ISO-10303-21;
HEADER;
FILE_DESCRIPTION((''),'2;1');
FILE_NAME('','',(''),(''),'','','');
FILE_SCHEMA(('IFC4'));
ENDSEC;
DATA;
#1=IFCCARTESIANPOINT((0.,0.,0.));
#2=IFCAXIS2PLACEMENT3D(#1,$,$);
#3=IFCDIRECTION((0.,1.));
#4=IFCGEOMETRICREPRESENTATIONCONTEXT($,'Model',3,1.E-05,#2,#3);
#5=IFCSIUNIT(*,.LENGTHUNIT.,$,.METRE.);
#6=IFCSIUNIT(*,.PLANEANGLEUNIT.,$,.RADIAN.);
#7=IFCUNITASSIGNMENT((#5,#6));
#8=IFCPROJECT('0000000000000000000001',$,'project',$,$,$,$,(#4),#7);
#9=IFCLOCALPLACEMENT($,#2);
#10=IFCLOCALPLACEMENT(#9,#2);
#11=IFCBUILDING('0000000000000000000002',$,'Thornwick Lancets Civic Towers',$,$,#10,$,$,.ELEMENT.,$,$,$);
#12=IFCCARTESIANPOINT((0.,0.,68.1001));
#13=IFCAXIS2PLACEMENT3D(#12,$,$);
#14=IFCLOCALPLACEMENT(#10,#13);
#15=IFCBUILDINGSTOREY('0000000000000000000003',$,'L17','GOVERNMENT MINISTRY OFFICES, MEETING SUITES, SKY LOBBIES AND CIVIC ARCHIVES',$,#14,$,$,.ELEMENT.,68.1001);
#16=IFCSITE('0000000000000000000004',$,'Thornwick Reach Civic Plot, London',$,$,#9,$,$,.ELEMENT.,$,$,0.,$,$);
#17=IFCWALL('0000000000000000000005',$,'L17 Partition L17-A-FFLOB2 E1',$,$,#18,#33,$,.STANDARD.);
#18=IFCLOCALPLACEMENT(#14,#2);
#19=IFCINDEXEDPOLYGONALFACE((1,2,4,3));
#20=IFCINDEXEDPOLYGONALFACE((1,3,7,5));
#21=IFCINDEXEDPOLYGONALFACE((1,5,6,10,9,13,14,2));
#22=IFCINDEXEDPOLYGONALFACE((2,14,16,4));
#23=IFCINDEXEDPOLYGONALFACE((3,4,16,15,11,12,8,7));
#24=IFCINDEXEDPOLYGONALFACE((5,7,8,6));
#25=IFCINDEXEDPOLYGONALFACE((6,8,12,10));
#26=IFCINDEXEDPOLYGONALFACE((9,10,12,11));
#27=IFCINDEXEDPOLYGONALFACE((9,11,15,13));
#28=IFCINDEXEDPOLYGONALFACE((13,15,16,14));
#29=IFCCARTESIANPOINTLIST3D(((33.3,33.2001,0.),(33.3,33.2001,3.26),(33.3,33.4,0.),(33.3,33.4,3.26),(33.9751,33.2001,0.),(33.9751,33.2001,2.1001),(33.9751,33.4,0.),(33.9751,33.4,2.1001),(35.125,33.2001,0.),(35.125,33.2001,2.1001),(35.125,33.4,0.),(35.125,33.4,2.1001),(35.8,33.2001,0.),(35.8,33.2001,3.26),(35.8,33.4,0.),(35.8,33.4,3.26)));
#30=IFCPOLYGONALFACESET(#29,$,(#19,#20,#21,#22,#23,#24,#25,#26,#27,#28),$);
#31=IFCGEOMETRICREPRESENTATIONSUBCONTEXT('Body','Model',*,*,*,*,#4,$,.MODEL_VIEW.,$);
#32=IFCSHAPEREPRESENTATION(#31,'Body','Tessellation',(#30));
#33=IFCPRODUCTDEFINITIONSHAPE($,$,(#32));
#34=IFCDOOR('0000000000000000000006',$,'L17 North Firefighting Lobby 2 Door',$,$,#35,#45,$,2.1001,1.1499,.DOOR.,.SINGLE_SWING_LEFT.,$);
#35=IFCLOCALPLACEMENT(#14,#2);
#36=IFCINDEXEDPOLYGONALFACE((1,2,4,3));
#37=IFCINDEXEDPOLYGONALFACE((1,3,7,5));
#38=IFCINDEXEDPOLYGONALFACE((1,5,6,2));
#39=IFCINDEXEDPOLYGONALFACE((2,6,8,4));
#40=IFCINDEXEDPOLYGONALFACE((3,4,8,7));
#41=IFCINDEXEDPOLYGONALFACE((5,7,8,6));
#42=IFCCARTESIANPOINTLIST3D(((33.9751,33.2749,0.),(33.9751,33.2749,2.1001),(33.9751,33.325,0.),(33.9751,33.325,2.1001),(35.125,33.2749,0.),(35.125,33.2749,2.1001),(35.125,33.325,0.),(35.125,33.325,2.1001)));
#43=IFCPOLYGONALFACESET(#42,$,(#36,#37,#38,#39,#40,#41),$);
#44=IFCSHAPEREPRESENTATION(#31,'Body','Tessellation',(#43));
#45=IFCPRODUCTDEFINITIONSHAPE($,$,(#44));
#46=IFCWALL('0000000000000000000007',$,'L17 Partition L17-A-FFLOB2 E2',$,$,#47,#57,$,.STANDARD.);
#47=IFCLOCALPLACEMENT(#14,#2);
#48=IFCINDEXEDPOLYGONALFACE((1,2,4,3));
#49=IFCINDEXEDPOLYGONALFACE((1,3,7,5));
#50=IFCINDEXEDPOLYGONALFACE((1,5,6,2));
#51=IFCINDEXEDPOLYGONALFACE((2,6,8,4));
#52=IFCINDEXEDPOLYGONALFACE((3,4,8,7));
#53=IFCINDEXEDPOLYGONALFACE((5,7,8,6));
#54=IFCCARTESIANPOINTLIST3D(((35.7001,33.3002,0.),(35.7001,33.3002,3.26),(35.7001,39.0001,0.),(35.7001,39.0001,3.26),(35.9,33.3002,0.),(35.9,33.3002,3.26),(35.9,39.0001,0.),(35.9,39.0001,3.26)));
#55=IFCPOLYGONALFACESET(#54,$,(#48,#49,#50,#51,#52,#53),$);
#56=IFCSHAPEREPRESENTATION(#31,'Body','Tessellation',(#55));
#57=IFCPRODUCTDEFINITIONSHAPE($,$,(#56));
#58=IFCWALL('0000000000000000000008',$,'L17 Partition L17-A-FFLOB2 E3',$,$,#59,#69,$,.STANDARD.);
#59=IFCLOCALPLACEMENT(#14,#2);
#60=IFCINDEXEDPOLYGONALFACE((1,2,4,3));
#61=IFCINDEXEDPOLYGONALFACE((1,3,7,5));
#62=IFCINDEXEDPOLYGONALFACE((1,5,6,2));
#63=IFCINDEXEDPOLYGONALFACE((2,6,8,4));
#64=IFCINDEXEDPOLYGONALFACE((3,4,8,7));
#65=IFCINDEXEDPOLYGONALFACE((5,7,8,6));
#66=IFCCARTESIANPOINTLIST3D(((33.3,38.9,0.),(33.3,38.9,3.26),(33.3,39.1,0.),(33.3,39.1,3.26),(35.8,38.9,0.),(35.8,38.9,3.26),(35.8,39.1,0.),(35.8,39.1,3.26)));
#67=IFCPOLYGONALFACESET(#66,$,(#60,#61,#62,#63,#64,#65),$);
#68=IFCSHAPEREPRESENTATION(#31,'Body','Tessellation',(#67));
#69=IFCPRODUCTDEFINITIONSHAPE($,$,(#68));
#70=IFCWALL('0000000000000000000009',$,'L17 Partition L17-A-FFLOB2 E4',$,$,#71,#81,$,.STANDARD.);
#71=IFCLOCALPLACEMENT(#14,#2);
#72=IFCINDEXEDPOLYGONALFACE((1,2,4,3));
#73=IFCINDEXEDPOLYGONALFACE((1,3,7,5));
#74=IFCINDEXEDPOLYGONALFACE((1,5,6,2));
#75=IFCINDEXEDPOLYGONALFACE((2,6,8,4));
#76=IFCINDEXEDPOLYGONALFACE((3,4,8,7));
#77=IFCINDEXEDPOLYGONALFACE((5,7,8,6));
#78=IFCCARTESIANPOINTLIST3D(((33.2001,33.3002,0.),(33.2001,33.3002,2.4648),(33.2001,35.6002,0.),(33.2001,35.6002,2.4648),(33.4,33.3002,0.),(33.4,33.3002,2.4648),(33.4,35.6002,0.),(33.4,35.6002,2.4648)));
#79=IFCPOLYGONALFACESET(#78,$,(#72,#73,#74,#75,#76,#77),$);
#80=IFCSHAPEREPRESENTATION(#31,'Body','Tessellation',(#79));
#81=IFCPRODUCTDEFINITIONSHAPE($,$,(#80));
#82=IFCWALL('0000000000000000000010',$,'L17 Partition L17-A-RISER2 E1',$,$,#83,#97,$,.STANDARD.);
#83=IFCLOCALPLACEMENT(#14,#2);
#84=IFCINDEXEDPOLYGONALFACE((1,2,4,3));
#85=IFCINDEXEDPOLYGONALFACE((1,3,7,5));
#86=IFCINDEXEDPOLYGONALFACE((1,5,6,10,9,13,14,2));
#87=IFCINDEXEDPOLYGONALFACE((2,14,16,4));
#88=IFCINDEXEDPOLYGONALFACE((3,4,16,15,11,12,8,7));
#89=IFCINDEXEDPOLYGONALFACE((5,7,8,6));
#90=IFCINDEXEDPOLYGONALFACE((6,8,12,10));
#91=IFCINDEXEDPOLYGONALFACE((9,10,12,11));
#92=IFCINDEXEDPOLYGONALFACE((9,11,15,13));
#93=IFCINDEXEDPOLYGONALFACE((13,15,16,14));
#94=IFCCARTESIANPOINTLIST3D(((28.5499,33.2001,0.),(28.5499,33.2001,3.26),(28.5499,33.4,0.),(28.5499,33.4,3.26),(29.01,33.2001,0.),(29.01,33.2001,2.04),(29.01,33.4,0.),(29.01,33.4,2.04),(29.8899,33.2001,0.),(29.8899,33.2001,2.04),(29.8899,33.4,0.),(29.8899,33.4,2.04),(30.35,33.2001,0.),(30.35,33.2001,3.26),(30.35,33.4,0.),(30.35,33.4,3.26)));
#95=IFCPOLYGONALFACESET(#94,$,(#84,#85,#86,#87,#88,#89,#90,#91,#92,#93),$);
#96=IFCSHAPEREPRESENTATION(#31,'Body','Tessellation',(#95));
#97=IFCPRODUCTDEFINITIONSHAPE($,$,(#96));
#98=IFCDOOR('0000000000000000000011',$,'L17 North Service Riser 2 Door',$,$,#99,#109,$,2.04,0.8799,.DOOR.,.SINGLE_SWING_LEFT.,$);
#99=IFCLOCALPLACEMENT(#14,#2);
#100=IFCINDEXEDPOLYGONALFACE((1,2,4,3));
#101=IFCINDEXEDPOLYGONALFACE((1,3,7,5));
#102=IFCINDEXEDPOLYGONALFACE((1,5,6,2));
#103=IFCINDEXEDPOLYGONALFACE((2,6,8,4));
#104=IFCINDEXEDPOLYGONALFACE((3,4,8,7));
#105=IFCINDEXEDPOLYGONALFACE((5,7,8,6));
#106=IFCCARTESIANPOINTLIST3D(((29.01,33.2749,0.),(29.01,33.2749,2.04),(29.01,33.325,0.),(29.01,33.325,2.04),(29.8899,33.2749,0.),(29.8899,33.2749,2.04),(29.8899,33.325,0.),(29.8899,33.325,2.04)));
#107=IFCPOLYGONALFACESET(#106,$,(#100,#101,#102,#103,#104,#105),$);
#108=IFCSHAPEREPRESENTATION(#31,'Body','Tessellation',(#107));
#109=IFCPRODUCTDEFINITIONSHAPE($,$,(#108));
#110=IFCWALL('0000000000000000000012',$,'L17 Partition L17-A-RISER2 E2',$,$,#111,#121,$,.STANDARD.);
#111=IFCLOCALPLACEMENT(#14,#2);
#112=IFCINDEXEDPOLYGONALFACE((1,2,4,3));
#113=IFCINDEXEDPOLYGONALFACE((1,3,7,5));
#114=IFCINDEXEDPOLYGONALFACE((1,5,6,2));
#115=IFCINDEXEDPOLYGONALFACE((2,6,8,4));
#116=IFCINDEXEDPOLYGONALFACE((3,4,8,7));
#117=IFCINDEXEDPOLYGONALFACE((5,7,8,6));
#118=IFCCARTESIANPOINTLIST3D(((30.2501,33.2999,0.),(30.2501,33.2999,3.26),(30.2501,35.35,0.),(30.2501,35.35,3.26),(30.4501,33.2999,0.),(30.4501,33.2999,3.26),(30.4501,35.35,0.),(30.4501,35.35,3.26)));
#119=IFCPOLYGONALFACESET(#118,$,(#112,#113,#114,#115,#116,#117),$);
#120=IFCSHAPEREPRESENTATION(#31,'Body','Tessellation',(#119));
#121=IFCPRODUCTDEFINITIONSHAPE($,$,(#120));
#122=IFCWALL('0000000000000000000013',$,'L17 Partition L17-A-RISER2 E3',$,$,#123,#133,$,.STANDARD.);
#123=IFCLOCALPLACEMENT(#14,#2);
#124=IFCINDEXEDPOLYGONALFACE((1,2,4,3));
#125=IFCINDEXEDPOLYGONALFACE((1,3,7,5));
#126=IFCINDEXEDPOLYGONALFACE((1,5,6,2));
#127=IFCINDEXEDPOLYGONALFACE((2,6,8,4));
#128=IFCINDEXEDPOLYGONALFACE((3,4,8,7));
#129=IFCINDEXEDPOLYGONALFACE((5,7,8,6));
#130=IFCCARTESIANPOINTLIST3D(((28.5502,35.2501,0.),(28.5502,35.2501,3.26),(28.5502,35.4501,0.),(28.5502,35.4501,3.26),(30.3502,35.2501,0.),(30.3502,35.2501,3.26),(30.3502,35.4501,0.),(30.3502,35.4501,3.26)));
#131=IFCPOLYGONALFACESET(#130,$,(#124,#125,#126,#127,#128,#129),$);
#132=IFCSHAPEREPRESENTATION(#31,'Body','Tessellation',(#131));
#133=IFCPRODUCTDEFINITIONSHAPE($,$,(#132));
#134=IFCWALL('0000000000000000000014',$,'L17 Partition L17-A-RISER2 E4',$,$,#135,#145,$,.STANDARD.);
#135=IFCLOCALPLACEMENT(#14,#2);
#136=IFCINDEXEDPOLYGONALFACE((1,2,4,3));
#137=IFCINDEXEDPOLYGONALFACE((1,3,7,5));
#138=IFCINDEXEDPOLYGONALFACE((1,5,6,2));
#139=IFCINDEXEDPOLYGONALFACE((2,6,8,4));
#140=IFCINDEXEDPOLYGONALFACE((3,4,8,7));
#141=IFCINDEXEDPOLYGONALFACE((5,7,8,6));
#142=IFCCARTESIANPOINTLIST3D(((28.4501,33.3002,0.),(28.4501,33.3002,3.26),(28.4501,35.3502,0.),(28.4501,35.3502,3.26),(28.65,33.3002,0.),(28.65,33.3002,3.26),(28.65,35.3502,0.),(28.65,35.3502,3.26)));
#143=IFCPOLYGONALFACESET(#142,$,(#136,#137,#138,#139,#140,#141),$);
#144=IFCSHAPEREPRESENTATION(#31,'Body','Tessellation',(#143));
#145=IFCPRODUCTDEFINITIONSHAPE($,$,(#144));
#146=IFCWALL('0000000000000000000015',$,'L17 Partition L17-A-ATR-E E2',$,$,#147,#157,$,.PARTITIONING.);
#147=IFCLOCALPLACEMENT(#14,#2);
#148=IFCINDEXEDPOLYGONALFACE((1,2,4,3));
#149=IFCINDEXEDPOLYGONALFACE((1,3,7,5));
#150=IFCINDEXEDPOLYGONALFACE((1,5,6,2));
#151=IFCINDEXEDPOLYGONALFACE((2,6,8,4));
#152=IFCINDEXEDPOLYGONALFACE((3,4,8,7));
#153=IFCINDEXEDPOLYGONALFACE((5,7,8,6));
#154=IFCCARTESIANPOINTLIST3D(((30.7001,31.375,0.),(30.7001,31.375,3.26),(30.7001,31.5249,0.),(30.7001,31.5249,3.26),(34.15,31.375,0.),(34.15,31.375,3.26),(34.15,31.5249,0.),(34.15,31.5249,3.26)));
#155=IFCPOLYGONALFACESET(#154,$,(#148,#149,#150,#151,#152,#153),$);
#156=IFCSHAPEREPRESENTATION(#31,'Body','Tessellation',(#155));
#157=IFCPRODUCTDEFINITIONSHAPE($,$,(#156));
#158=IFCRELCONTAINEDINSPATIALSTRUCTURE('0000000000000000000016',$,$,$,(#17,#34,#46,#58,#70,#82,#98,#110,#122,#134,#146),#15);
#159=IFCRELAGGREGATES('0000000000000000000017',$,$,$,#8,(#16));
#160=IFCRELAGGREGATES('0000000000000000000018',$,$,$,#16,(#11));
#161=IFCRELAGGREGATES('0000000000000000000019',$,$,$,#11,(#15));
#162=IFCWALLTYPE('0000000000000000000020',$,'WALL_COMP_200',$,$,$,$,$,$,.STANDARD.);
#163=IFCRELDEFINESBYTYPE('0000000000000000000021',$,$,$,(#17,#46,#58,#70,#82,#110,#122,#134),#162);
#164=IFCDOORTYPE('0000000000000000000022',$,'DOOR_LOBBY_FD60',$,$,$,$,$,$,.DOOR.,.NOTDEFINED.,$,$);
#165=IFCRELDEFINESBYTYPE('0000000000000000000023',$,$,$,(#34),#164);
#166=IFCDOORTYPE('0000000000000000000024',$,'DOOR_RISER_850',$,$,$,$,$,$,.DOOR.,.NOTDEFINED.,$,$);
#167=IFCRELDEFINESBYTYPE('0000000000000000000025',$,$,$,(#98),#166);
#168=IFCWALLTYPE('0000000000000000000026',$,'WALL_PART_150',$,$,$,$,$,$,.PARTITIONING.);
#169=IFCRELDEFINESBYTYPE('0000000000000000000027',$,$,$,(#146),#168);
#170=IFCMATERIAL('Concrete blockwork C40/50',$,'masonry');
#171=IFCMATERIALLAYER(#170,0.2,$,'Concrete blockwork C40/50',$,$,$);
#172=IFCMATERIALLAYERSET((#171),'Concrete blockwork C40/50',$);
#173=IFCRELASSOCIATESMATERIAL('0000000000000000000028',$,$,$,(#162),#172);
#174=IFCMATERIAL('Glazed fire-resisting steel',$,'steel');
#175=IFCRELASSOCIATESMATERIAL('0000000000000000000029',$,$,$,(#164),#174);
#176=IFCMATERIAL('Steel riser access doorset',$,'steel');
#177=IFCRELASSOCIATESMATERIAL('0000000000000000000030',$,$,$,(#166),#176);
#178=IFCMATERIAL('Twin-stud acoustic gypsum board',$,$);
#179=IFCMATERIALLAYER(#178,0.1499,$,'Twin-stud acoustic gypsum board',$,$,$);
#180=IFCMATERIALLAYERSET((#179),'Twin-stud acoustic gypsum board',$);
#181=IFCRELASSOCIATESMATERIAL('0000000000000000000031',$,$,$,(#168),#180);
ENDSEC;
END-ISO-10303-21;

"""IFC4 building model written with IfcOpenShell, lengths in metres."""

from ifc_helpers import new_model, si_unit, direction, frame, frame_2d, origin, place, context, subcontext, project, spatial, rectangle, extrude, material, layer, layer_set, type_object, element, fill, save


model = new_model("IFC4")

# Units and contexts
model_context = context("Model", 3, precision=1e-05, world=origin(), true_north=direction((0.0, 1.0)))
body_context = subcontext(model_context, "Body", "Model", "MODEL_VIEW")
ifc_project = project(units=[si_unit("LENGTHUNIT", "METRE"), si_unit("PLANEANGLEUNIT", "RADIAN")], contexts=[model_context])

# Site, building, storey
site_placement = place(None, origin())
site = spatial("IfcSite", under=ifc_project, at=site_placement, Name="Thornwick Reach Civic Plot, London", CompositionType="ELEMENT", RefElevation=0.0)
building_placement = place(site_placement, origin())
building = spatial("IfcBuilding", under=site, at=building_placement, Name="Thornwick Lancets Civic Towers", CompositionType="ELEMENT")
storey_placement = place(building_placement, frame((0.0, 0.0, 68.1001)))
storey = spatial("IfcBuildingStorey", under=building, at=storey_placement, Name="L17", Description="GOVERNMENT MINISTRY OFFICES, MEETING SUITES, SKY LOBBIES AND CIVIC ARCHIVES", CompositionType="ELEMENT", Elevation=68.1001)

# Shared definitions
ifc_material_1 = material(Name="Concrete blockwork C40/50", Category="masonry")
ifc_layer_1 = layer(ifc_material_1, 0.2, Name="Concrete blockwork C40/50")
ifc_layer_set_1 = layer_set([ifc_layer_1], Name="Concrete blockwork C40/50")
wall_type_1 = type_object("IfcWallType", Name="WALL_COMP_200", PredefinedType="STANDARD", material=ifc_layer_set_1)

# Wall, opening, door
wall_1_placement = place(storey_placement, frame((33.3, 33.3, 0.0), z_axis=(0.0, 0.0, 1.0), x_axis=(1.0, 0.0, 0.0)))
wall_1 = element("IfcWall", 1, at=wall_1_placement, inside=storey, type_object=wall_type_1, Name="L17 Partition L17-A-FFLOB2 E1", PredefinedType="STANDARD", context=body_context, shape_type="SweptSolid", body=[
    extrude(rectangle(XDim=2.5, YDim=0.2, at=frame_2d((1.25, 0.0))), origin(), (0.0, 0.0, 1.0), 3.26),
])
opening_1_placement = place(wall_1_placement, frame((0.675, 0.0, 0.0)))
opening_1 = element("IfcOpeningElement", 2, at=opening_1_placement, cuts=wall_1, PredefinedType="OPENING", context=body_context, shape_type="SweptSolid", body=[
    extrude(rectangle(XDim=1.1499, YDim=2.1001, at=frame_2d((0.575, 1.05))), frame((0.0, 0.1099, 0.0), z_axis=(0.0, -1.0, 0.0), x_axis=(1.0, 0.0, 0.0)), (0.0, 0.0, 1.0), 0.22),
])
ifc_material_2 = material(Name="Glazed fire-resisting steel", Category="steel")
door_type_1 = type_object("IfcDoorType", Name="DOOR_LOBBY_FD60", OperationType="NOTDEFINED", PredefinedType="DOOR", material=ifc_material_2)
door_1_placement = place(opening_1_placement, origin())
door_1 = element("IfcDoor", 3, at=door_1_placement, inside=storey, type_object=door_type_1, Name="L17 North Firefighting Lobby 2 Door", OperationType="SINGLE_SWING_LEFT", OverallHeight=2.1001, OverallWidth=1.1499, PredefinedType="DOOR", context=body_context, shape_type="SweptSolid", body=[
    extrude(rectangle(XDim=1.1499, YDim=2.1001, at=frame_2d((0.575, 1.05))), frame((0.0, 0.0249, 0.0), z_axis=(0.0, -1.0, 0.0), x_axis=(1.0, 0.0, 0.0)), (0.0, 0.0, 1.0), 0.05),
])
fill(opening_1, door_1)

# Walls
wall_2_placement = place(storey_placement, frame((35.8, 33.3, 0.0), z_axis=(0.0, 0.0, 1.0), x_axis=(0.0, 1.0, 0.0)))
element("IfcWall", 4, at=wall_2_placement, inside=storey, type_object=wall_type_1, Name="L17 Partition L17-A-FFLOB2 E2", PredefinedType="STANDARD", context=body_context, shape_type="SweptSolid", body=[
    extrude(rectangle(XDim=5.7, YDim=0.2, at=frame_2d((2.8501, 0.0))), origin(), (0.0, 0.0, 1.0), 3.26),
])
wall_3_placement = place(storey_placement, frame((35.8, 39.0, 0.0), z_axis=(0.0, 0.0, 1.0), x_axis=(-1.0, 0.0, 0.0)))
element("IfcWall", 5, at=wall_3_placement, inside=storey, type_object=wall_type_1, Name="L17 Partition L17-A-FFLOB2 E3", PredefinedType="STANDARD", context=body_context, shape_type="SweptSolid", body=[
    extrude(rectangle(XDim=2.5, YDim=0.2, at=frame_2d((1.25, 0.0))), origin(), (0.0, 0.0, 1.0), 3.26),
])
wall_4_placement = place(storey_placement, frame((33.3, 35.6001, 0.0), z_axis=(0.0, 0.0, 1.0), x_axis=(0.0, -1.0, 0.0)))
element("IfcWall", 6, at=wall_4_placement, inside=storey, type_object=wall_type_1, Name="L17 Partition L17-A-FFLOB2 E4", PredefinedType="STANDARD", context=body_context, shape_type="SweptSolid", body=[
    extrude(rectangle(XDim=2.3, YDim=0.2, at=frame_2d((1.1499, 0.0))), origin(), (0.0, 0.0, 1.0), 2.4648),
])

# Wall, opening, door
wall_5_placement = place(storey_placement, frame((28.55, 33.3, 0.0), z_axis=(0.0, 0.0, 1.0), x_axis=(1.0, 0.0, 0.0)))
wall_5 = element("IfcWall", 7, at=wall_5_placement, inside=storey, type_object=wall_type_1, Name="L17 Partition L17-A-RISER2 E1", PredefinedType="STANDARD", context=body_context, shape_type="SweptSolid", body=[
    extrude(rectangle(XDim=1.8, YDim=0.2, at=frame_2d((0.8999, 0.0))), origin(), (0.0, 0.0, 1.0), 3.26),
])
opening_2_placement = place(wall_5_placement, frame((0.46, 0.0, 0.0)))
opening_2 = element("IfcOpeningElement", 8, at=opening_2_placement, cuts=wall_5, PredefinedType="OPENING", context=body_context, shape_type="SweptSolid", body=[
    extrude(rectangle(XDim=0.8799, YDim=2.04, at=frame_2d((0.4399, 1.02))), frame((0.0, 0.1099, 0.0), z_axis=(0.0, -1.0, 0.0), x_axis=(1.0, 0.0, 0.0)), (0.0, 0.0, 1.0), 0.22),
])
ifc_material_3 = material(Name="Steel riser access doorset", Category="steel")
door_type_2 = type_object("IfcDoorType", Name="DOOR_RISER_850", OperationType="NOTDEFINED", PredefinedType="DOOR", material=ifc_material_3)
door_2_placement = place(opening_2_placement, origin())
door_2 = element("IfcDoor", 9, at=door_2_placement, inside=storey, type_object=door_type_2, Name="L17 North Service Riser 2 Door", OperationType="SINGLE_SWING_LEFT", OverallHeight=2.04, OverallWidth=0.8799, PredefinedType="DOOR", context=body_context, shape_type="SweptSolid", body=[
    extrude(rectangle(XDim=0.8799, YDim=2.04, at=frame_2d((0.4399, 1.02))), frame((0.0, 0.0249, 0.0), z_axis=(0.0, -1.0, 0.0), x_axis=(1.0, 0.0, 0.0)), (0.0, 0.0, 1.0), 0.05),
])
fill(opening_2, door_2)

# Walls
wall_6_placement = place(storey_placement, frame((30.3501, 33.3, 0.0), z_axis=(0.0, 0.0, 1.0), x_axis=(0.0, 1.0, 0.0)))
element("IfcWall", 10, at=wall_6_placement, inside=storey, type_object=wall_type_1, Name="L17 Partition L17-A-RISER2 E2", PredefinedType="STANDARD", context=body_context, shape_type="SweptSolid", body=[
    extrude(rectangle(XDim=2.05, YDim=0.2, at=frame_2d((1.0249, 0.0))), origin(), (0.0, 0.0, 1.0), 3.26),
])
wall_7_placement = place(storey_placement, frame((30.3501, 35.3501, 0.0), z_axis=(0.0, 0.0, 1.0), x_axis=(-1.0, 0.0, 0.0)))
element("IfcWall", 11, at=wall_7_placement, inside=storey, type_object=wall_type_1, Name="L17 Partition L17-A-RISER2 E3", PredefinedType="STANDARD", context=body_context, shape_type="SweptSolid", body=[
    extrude(rectangle(XDim=1.8, YDim=0.2, at=frame_2d((0.8999, 0.0))), origin(), (0.0, 0.0, 1.0), 3.26),
])
wall_8_placement = place(storey_placement, frame((28.55, 35.3501, 0.0), z_axis=(0.0, 0.0, 1.0), x_axis=(0.0, -1.0, 0.0)))
element("IfcWall", 12, at=wall_8_placement, inside=storey, type_object=wall_type_1, Name="L17 Partition L17-A-RISER2 E4", PredefinedType="STANDARD", context=body_context, shape_type="SweptSolid", body=[
    extrude(rectangle(XDim=2.05, YDim=0.2, at=frame_2d((1.0249, 0.0))), origin(), (0.0, 0.0, 1.0), 3.26),
])
ifc_material_4 = material(Name="Twin-stud acoustic gypsum board")
ifc_layer_2 = layer(ifc_material_4, 0.1499, Name="Twin-stud acoustic gypsum board")
ifc_layer_set_2 = layer_set([ifc_layer_2], Name="Twin-stud acoustic gypsum board")
wall_type_2 = type_object("IfcWallType", Name="WALL_PART_150", PredefinedType="PARTITIONING", material=ifc_layer_set_2)
wall_9_placement = place(storey_placement, frame((30.7, 31.45, 0.0), z_axis=(0.0, 0.0, 1.0), x_axis=(1.0, 0.0, 0.0)))
element("IfcWall", 13, at=wall_9_placement, inside=storey, type_object=wall_type_2, Name="L17 Partition L17-A-ATR-E E2", PredefinedType="PARTITIONING", context=body_context, shape_type="SweptSolid", body=[
    extrude(rectangle(XDim=3.45, YDim=0.1499, at=frame_2d((1.7251, 0.0))), origin(), (0.0, 0.0, 1.0), 3.26),
])

save(model, "model.ifc")
